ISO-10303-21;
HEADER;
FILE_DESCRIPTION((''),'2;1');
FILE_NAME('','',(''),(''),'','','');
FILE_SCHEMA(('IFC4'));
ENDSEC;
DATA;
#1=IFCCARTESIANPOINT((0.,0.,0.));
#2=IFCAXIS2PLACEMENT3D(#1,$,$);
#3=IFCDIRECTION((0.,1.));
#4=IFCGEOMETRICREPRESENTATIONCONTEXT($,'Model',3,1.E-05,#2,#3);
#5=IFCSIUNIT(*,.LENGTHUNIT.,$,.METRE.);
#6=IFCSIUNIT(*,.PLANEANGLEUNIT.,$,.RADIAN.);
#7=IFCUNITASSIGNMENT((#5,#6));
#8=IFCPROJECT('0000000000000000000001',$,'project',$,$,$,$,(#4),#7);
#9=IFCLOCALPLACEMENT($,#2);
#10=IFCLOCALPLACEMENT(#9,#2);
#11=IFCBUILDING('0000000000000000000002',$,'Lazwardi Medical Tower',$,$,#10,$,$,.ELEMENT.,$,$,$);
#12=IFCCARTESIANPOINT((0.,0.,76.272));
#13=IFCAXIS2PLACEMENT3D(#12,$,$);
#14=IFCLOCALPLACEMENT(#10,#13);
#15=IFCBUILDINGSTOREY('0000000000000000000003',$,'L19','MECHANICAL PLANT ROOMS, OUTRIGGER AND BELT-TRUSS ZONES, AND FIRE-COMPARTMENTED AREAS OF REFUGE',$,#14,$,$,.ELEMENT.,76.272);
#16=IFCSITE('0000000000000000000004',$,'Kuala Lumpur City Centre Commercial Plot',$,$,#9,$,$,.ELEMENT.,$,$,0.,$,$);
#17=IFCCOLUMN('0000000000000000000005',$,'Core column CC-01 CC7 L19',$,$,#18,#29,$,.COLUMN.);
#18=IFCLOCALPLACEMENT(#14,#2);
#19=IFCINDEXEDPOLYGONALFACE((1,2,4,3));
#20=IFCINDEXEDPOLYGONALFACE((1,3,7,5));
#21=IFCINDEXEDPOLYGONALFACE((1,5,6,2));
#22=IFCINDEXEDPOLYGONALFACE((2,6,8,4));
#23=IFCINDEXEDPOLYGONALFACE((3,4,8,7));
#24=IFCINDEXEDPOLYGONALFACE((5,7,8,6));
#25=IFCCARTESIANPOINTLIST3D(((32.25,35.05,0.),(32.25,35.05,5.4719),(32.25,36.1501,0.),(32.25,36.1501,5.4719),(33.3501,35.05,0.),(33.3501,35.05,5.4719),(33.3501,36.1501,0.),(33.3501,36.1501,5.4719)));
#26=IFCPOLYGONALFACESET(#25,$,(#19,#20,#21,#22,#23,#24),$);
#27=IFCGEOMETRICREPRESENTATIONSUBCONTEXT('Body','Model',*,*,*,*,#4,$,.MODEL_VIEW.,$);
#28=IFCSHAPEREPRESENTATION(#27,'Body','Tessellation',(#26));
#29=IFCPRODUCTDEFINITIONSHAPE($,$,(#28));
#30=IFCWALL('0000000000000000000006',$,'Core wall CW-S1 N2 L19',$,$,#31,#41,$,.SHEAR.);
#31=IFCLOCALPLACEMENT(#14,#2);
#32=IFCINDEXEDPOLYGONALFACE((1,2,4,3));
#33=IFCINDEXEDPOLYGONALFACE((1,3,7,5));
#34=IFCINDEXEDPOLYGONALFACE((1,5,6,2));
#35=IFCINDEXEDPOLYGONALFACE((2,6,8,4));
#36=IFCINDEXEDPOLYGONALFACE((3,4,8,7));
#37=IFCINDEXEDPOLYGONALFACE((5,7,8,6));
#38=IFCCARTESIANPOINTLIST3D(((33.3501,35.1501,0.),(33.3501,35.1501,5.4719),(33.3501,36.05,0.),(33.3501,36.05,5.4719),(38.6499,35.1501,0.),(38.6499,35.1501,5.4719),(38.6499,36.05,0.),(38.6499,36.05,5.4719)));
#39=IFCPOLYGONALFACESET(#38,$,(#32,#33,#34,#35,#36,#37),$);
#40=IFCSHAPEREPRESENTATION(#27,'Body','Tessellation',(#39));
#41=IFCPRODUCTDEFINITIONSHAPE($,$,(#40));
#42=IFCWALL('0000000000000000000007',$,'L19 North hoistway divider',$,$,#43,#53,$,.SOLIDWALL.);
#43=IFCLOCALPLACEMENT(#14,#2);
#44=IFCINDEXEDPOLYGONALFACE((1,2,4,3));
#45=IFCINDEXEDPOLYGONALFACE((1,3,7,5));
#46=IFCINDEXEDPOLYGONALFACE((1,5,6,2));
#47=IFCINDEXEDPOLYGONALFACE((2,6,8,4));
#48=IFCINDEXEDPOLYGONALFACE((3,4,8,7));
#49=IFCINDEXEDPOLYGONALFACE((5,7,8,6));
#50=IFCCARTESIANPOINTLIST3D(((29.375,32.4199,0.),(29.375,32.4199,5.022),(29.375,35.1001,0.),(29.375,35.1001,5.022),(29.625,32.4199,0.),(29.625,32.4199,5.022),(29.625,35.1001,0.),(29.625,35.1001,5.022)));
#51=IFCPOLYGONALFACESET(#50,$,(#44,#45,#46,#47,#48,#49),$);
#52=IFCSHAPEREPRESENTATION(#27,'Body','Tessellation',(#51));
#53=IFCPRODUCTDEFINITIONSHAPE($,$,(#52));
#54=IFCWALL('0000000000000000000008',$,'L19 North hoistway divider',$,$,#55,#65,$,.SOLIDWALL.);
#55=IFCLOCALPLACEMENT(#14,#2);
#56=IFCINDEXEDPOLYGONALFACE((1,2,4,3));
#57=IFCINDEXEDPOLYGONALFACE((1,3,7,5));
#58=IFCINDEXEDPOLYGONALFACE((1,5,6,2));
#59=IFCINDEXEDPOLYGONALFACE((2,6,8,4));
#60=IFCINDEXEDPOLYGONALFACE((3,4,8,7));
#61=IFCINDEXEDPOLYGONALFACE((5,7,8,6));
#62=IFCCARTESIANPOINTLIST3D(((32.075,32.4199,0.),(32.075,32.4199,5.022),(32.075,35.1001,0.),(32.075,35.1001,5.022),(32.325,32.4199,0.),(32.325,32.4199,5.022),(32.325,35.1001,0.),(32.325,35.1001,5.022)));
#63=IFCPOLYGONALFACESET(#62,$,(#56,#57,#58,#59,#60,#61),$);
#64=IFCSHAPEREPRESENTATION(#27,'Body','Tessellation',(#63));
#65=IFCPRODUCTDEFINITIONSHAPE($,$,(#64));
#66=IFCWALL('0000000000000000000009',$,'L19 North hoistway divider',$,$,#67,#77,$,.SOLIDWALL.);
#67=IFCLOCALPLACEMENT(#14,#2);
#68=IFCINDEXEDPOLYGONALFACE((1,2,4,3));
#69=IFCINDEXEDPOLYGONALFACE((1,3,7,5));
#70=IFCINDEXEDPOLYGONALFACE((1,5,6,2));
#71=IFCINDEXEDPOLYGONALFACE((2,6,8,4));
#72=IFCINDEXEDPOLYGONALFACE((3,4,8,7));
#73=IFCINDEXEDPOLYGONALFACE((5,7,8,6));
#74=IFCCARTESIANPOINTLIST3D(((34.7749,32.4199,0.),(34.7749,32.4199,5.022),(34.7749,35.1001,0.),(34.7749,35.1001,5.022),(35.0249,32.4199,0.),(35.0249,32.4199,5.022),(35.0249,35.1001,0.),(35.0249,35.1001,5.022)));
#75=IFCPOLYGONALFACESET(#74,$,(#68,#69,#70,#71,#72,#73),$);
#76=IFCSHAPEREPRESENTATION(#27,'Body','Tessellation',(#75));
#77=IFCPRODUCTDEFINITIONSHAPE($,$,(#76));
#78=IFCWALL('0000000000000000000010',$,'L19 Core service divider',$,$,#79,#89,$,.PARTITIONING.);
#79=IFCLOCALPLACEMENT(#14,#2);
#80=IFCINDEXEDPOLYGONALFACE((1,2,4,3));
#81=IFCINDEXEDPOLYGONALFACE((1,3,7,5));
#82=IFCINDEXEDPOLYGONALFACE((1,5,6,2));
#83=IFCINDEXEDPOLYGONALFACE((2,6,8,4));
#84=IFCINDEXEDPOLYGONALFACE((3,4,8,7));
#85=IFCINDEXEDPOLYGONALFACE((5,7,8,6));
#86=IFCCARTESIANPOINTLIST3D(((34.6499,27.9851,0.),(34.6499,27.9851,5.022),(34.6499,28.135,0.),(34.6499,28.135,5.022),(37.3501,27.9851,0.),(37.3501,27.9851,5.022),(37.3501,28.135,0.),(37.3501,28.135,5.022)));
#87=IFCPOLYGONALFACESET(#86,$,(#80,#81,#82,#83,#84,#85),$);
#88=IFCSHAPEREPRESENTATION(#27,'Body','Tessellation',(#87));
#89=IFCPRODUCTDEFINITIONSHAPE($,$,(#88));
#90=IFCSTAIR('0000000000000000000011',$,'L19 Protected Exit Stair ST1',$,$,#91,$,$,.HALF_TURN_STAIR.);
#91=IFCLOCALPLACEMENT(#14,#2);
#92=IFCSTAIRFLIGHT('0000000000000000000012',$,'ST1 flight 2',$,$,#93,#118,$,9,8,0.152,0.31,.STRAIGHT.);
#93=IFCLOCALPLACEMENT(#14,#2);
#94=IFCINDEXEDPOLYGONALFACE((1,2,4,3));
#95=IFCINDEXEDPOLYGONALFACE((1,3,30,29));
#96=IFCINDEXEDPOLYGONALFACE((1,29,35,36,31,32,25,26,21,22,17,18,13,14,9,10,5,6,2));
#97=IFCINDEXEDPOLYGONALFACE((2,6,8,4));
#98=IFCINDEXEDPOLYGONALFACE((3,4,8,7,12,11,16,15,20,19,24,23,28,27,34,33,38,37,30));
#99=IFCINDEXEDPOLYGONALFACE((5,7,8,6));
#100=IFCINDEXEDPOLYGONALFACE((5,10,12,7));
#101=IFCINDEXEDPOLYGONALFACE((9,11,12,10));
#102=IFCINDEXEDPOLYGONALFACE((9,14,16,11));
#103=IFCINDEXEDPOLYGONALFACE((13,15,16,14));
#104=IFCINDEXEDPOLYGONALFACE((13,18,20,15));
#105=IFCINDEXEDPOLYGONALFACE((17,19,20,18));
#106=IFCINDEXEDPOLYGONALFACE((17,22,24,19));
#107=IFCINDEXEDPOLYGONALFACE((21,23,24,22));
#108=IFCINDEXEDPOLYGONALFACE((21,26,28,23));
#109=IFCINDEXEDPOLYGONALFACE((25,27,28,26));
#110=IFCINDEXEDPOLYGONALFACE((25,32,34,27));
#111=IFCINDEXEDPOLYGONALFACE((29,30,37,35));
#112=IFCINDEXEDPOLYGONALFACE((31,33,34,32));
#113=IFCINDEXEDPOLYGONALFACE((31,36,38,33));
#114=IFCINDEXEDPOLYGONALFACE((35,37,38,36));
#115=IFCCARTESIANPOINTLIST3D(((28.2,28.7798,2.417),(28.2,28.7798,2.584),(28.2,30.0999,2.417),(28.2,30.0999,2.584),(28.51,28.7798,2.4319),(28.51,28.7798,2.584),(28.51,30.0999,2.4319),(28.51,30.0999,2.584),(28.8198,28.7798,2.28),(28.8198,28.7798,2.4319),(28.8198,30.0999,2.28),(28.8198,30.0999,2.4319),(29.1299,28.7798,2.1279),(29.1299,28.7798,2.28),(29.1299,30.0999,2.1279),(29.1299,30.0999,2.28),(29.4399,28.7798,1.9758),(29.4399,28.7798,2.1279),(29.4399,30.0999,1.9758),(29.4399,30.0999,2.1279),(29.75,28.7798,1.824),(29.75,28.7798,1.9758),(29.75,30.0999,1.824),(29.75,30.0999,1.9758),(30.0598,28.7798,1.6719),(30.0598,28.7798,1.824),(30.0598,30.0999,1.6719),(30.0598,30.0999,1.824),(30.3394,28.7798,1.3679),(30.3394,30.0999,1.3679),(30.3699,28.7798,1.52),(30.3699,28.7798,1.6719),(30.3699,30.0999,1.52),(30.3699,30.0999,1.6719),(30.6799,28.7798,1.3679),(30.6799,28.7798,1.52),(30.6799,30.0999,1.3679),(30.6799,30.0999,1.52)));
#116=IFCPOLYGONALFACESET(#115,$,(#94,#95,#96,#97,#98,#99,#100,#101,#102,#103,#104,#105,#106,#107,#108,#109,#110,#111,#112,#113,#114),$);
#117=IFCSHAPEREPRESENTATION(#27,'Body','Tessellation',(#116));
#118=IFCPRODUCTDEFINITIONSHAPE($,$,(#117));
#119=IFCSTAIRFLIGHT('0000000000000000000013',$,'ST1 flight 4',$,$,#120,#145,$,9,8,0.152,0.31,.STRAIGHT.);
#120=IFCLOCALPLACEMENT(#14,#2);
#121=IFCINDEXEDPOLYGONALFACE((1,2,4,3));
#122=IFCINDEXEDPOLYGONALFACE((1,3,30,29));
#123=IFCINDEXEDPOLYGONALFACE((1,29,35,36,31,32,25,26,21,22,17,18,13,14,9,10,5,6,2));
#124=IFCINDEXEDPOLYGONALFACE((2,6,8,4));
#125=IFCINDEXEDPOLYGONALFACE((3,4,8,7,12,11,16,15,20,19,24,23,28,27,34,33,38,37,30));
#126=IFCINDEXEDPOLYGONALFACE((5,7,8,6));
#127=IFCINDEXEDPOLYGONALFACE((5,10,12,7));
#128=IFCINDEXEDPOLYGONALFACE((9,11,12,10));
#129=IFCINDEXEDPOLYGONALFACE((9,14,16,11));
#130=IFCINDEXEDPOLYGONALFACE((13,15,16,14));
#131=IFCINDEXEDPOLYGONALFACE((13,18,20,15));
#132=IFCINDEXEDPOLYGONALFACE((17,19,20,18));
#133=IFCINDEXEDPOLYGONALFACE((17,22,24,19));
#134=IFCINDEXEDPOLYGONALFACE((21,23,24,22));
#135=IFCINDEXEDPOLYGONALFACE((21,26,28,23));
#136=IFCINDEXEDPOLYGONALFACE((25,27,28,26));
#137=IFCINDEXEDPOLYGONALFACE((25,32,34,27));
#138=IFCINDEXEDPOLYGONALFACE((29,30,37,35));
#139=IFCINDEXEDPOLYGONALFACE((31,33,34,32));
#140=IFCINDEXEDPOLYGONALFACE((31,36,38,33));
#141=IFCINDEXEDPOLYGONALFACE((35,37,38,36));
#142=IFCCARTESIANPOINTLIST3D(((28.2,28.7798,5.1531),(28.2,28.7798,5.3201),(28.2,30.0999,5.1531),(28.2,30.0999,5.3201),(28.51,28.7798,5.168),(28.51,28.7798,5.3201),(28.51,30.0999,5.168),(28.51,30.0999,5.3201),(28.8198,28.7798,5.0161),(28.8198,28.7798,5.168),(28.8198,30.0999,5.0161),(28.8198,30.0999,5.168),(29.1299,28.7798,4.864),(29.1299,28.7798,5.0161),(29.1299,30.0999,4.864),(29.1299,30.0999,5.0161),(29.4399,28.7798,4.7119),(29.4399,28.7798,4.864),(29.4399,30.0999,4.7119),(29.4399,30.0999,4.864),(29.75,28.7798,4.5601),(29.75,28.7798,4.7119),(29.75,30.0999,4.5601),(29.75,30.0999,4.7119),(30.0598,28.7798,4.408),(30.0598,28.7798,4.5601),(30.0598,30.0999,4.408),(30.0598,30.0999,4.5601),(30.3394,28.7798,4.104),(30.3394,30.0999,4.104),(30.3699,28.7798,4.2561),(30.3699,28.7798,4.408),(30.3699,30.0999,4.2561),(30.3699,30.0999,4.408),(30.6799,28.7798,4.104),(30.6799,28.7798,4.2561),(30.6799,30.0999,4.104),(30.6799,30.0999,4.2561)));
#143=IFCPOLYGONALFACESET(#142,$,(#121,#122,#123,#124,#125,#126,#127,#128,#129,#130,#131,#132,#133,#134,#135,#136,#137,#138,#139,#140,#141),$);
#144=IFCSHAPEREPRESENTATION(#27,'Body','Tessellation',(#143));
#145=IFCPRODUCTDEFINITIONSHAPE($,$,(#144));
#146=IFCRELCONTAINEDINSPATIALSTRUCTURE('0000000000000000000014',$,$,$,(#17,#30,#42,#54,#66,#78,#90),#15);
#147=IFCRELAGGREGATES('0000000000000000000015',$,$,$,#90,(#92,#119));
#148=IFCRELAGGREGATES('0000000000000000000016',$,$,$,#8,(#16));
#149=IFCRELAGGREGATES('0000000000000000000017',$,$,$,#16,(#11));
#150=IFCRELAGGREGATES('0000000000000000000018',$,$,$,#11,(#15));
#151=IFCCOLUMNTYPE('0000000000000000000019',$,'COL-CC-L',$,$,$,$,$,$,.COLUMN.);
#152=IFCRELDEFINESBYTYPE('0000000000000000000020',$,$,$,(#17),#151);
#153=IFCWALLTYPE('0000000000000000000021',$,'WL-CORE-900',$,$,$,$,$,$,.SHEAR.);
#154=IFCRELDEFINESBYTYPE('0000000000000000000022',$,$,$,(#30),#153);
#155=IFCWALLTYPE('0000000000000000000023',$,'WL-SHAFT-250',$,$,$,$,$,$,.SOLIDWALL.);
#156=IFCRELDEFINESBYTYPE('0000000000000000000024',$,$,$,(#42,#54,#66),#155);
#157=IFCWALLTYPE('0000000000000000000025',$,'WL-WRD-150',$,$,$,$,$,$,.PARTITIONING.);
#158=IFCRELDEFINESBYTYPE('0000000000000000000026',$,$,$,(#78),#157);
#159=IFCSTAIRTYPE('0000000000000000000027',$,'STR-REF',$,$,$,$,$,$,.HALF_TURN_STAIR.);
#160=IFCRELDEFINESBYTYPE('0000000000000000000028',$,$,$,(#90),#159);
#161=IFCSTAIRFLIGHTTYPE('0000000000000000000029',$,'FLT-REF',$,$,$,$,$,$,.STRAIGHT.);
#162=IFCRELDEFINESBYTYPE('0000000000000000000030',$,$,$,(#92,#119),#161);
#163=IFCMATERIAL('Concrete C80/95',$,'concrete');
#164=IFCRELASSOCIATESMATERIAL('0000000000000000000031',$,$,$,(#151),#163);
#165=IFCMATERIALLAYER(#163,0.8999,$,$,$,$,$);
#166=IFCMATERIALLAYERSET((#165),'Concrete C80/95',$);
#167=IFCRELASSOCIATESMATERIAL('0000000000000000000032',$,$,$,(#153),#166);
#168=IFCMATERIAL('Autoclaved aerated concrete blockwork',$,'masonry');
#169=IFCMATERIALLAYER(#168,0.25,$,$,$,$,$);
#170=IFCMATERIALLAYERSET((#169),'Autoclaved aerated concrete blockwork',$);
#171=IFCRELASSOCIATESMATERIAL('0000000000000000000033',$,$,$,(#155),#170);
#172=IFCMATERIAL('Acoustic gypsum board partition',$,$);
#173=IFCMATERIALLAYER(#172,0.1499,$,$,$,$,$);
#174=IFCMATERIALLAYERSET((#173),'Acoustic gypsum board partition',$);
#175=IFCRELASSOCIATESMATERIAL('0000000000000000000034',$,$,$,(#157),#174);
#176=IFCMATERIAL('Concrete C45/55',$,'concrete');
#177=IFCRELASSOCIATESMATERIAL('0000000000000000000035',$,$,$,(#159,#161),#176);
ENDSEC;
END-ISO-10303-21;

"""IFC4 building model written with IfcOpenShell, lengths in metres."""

from ifc_helpers import new_model, si_unit, direction, frame, frame_2d, origin, origin_2d, place, context, subcontext, project, spatial, polyline, rectangle, outline, extrude, material, layer, layer_set, material_profile, profile_set, type_object, element, aggregate, save


model = new_model("IFC4")

# Units and contexts
model_context = context("Model", 3, precision=1e-05, world=origin(), true_north=direction((0.0, 1.0)))
body_context = subcontext(model_context, "Body", "Model", "MODEL_VIEW")
ifc_project = project(units=[si_unit("LENGTHUNIT", "METRE"), si_unit("PLANEANGLEUNIT", "RADIAN")], contexts=[model_context])

# Site, building, storey
site_placement = place(None, origin())
site = spatial("IfcSite", under=ifc_project, at=site_placement, Name="Kuala Lumpur City Centre Commercial Plot", CompositionType="ELEMENT", RefElevation=0.0)
building_placement = place(site_placement, origin())
building = spatial("IfcBuilding", under=site, at=building_placement, Name="Lazwardi Medical Tower", CompositionType="ELEMENT")
storey_placement = place(building_placement, frame((0.0, 0.0, 76.272)))
storey = spatial("IfcBuildingStorey", under=building, at=storey_placement, Name="L19", Description="MECHANICAL PLANT ROOMS, OUTRIGGER AND BELT-TRUSS ZONES, AND FIRE-COMPARTMENTED AREAS OF REFUGE", CompositionType="ELEMENT", Elevation=76.272)

# Column
ifc_material_1 = material(Name="Concrete C80/95", Category="concrete")
ifc_material_profile = material_profile(ifc_material_1, rectangle(XDim=1.1001, YDim=1.1001, at=origin_2d()), Name="RC 1100x1100")
ifc_profile_set = profile_set([ifc_material_profile], Name="Concrete C80/95")
column_type = type_object("IfcColumnType", Name="COL-CC-L", PredefinedType="COLUMN", material=ifc_profile_set)
column_placement = place(storey_placement, frame((32.8, 35.6001, 0.0), z_axis=(0.0, 0.0, 1.0), x_axis=(1.0, 0.0, 0.0)))
element("IfcColumn", 1, at=column_placement, inside=storey, type_object=column_type, Name="Core column CC-01 CC7 L19", PredefinedType="COLUMN", context=body_context, shape_type="SweptSolid", body=[
    extrude(rectangle(XDim=1.1001, YDim=1.1001, at=origin_2d()), origin(), (0.0, 0.0, 1.0), 5.4719),
])

# Walls
ifc_layer_1 = layer(ifc_material_1, 0.8999)
ifc_layer_set_1 = layer_set([ifc_layer_1], Name="Concrete C80/95")
wall_type_1 = type_object("IfcWallType", Name="WL-CORE-900", PredefinedType="SHEAR", material=ifc_layer_set_1)
wall_1_placement = place(storey_placement, frame((33.3501, 35.6001, 0.0), z_axis=(0.0, 0.0, 1.0), x_axis=(1.0, 0.0, 0.0)))
element("IfcWall", 2, at=wall_1_placement, inside=storey, type_object=wall_type_1, Name="Core wall CW-S1 N2 L19", PredefinedType="SHEAR", context=body_context, shape_type="SweptSolid", body=[
    extrude(rectangle(XDim=5.2998, YDim=0.8999, at=frame_2d((2.6499, 0.0))), origin(), (0.0, 0.0, 1.0), 5.4719),
])
ifc_material_2 = material(Name="Autoclaved aerated concrete blockwork", Category="masonry")
ifc_layer_2 = layer(ifc_material_2, 0.25)
ifc_layer_set_2 = layer_set([ifc_layer_2], Name="Autoclaved aerated concrete blockwork")
wall_type_2 = type_object("IfcWallType", Name="WL-SHAFT-250", PredefinedType="SOLIDWALL", material=ifc_layer_set_2)
for number, where, z_axis, x_axis, name in (
    (3, (29.5, 32.4199, 0.0), (0.0, 0.0, 1.0), (0.0, 1.0, 0.0), "L19 North hoistway divider"),
    (4, (32.2, 32.4199, 0.0), (0.0, 0.0, 1.0), (0.0, 1.0, 0.0), "L19 North hoistway divider"),
    (5, (34.8999, 32.4199, 0.0), (0.0, 0.0, 1.0), (0.0, 1.0, 0.0), "L19 North hoistway divider"),
):
    element("IfcWall", number, at=place(storey_placement, frame(where, z_axis=z_axis, x_axis=x_axis)), inside=storey, type_object=wall_type_2, Name=name, PredefinedType="SOLIDWALL", context=body_context, shape_type="SweptSolid", body=[
        extrude(rectangle(XDim=2.6802, YDim=0.25, at=frame_2d((1.3401, 0.0))), origin(), (0.0, 0.0, 1.0), 5.022),
    ])

# Wall
ifc_material_3 = material(Name="Acoustic gypsum board partition")
ifc_layer_3 = layer(ifc_material_3, 0.1499)
ifc_layer_set_3 = layer_set([ifc_layer_3], Name="Acoustic gypsum board partition")
wall_type_3 = type_object("IfcWallType", Name="WL-WRD-150", PredefinedType="PARTITIONING", material=ifc_layer_set_3)
wall_2_placement = place(storey_placement, frame((34.6499, 28.0601, 0.0), z_axis=(0.0, 0.0, 1.0), x_axis=(1.0, 0.0, 0.0)))
element("IfcWall", 6, at=wall_2_placement, inside=storey, type_object=wall_type_3, Name="L19 Core service divider", PredefinedType="PARTITIONING", context=body_context, shape_type="SweptSolid", body=[
    extrude(rectangle(XDim=2.7002, YDim=0.1499, at=frame_2d((1.3501, 0.0))), origin(), (0.0, 0.0, 1.0), 5.022),
])

# Stair, stair flights
ifc_material_4 = material(Name="Concrete C45/55", Category="concrete")
stair_type = type_object("IfcStairType", Name="STR-REF", PredefinedType="HALF_TURN_STAIR", material=ifc_material_4)
stair_placement = place(storey_placement, origin())
stair = element("IfcStair", 7, at=stair_placement, inside=storey, type_object=stair_type, Name="L19 Protected Exit Stair ST1", PredefinedType="HALF_TURN_STAIR")
stair_flight_type = type_object("IfcStairFlightType", Name="FLT-REF", PredefinedType="STRAIGHT", material=ifc_material_4)
stair_flight_1_placement = place(storey_placement, frame((30.6799, 29.4399, 1.3679), z_axis=(0.0, 0.0, 1.0), x_axis=(-1.0, 0.0, 0.0)))
stair_flight_1 = element("IfcStairFlight", 8, at=stair_flight_1_placement, type_object=stair_flight_type, Name="ST1 flight 2", NumberOfRisers=9, NumberOfTreads=8, PredefinedType="STRAIGHT", RiserHeight=0.152, TreadLength=0.31, context=body_context, shape_type="SweptSolid", body=[
    extrude(outline(polyline([(0.0, 0.0), (0.0, 0.1521), (0.3101, 0.1521), (0.3101, 0.304), (0.6201, 0.304), (0.6201, 0.4561), (0.9299, 0.4561), (0.9299, 0.6079), (1.24, 0.6079), (1.24, 0.76), (1.55, 0.76), (1.55, 0.9121), (1.8601, 0.9121), (1.8601, 1.064), (2.1699, 1.064), (2.1699, 1.2161), (2.48, 1.2161), (2.48, 1.3679), (2.48, 1.0491), (0.3406, 0.0), (0.0, 0.0)])), frame((0.0, 0.6602, 0.0), z_axis=(0.0, -1.0, 0.0), x_axis=(1.0, 0.0, 0.0)), (0.0, 0.0, 1.0), 1.3201),
])
stair_flight_2_placement = place(storey_placement, frame((30.6799, 29.4399, 4.104), z_axis=(0.0, 0.0, 1.0), x_axis=(-1.0, 0.0, 0.0)))
stair_flight_2 = element("IfcStairFlight", 9, at=stair_flight_2_placement, type_object=stair_flight_type, Name="ST1 flight 4", NumberOfRisers=9, NumberOfTreads=8, PredefinedType="STRAIGHT", RiserHeight=0.152, TreadLength=0.31, context=body_context, shape_type="SweptSolid", body=[
    extrude(outline(polyline([(0.0, 0.0), (0.0, 0.1521), (0.3101, 0.1521), (0.3101, 0.304), (0.6201, 0.304), (0.6201, 0.4561), (0.9299, 0.4561), (0.9299, 0.6079), (1.24, 0.6079), (1.24, 0.76), (1.55, 0.76), (1.55, 0.9121), (1.8601, 0.9121), (1.8601, 1.064), (2.1699, 1.064), (2.1699, 1.2161), (2.48, 1.2161), (2.48, 1.3679), (2.48, 1.0491), (0.3406, 0.0), (0.0, 0.0)])), frame((0.0, 0.6602, 0.0), z_axis=(0.0, -1.0, 0.0), x_axis=(1.0, 0.0, 0.0)), (0.0, 0.0, 1.0), 1.3201),
])
aggregate(stair, [stair_flight_1, stair_flight_2])

save(model, "model.ifc")
